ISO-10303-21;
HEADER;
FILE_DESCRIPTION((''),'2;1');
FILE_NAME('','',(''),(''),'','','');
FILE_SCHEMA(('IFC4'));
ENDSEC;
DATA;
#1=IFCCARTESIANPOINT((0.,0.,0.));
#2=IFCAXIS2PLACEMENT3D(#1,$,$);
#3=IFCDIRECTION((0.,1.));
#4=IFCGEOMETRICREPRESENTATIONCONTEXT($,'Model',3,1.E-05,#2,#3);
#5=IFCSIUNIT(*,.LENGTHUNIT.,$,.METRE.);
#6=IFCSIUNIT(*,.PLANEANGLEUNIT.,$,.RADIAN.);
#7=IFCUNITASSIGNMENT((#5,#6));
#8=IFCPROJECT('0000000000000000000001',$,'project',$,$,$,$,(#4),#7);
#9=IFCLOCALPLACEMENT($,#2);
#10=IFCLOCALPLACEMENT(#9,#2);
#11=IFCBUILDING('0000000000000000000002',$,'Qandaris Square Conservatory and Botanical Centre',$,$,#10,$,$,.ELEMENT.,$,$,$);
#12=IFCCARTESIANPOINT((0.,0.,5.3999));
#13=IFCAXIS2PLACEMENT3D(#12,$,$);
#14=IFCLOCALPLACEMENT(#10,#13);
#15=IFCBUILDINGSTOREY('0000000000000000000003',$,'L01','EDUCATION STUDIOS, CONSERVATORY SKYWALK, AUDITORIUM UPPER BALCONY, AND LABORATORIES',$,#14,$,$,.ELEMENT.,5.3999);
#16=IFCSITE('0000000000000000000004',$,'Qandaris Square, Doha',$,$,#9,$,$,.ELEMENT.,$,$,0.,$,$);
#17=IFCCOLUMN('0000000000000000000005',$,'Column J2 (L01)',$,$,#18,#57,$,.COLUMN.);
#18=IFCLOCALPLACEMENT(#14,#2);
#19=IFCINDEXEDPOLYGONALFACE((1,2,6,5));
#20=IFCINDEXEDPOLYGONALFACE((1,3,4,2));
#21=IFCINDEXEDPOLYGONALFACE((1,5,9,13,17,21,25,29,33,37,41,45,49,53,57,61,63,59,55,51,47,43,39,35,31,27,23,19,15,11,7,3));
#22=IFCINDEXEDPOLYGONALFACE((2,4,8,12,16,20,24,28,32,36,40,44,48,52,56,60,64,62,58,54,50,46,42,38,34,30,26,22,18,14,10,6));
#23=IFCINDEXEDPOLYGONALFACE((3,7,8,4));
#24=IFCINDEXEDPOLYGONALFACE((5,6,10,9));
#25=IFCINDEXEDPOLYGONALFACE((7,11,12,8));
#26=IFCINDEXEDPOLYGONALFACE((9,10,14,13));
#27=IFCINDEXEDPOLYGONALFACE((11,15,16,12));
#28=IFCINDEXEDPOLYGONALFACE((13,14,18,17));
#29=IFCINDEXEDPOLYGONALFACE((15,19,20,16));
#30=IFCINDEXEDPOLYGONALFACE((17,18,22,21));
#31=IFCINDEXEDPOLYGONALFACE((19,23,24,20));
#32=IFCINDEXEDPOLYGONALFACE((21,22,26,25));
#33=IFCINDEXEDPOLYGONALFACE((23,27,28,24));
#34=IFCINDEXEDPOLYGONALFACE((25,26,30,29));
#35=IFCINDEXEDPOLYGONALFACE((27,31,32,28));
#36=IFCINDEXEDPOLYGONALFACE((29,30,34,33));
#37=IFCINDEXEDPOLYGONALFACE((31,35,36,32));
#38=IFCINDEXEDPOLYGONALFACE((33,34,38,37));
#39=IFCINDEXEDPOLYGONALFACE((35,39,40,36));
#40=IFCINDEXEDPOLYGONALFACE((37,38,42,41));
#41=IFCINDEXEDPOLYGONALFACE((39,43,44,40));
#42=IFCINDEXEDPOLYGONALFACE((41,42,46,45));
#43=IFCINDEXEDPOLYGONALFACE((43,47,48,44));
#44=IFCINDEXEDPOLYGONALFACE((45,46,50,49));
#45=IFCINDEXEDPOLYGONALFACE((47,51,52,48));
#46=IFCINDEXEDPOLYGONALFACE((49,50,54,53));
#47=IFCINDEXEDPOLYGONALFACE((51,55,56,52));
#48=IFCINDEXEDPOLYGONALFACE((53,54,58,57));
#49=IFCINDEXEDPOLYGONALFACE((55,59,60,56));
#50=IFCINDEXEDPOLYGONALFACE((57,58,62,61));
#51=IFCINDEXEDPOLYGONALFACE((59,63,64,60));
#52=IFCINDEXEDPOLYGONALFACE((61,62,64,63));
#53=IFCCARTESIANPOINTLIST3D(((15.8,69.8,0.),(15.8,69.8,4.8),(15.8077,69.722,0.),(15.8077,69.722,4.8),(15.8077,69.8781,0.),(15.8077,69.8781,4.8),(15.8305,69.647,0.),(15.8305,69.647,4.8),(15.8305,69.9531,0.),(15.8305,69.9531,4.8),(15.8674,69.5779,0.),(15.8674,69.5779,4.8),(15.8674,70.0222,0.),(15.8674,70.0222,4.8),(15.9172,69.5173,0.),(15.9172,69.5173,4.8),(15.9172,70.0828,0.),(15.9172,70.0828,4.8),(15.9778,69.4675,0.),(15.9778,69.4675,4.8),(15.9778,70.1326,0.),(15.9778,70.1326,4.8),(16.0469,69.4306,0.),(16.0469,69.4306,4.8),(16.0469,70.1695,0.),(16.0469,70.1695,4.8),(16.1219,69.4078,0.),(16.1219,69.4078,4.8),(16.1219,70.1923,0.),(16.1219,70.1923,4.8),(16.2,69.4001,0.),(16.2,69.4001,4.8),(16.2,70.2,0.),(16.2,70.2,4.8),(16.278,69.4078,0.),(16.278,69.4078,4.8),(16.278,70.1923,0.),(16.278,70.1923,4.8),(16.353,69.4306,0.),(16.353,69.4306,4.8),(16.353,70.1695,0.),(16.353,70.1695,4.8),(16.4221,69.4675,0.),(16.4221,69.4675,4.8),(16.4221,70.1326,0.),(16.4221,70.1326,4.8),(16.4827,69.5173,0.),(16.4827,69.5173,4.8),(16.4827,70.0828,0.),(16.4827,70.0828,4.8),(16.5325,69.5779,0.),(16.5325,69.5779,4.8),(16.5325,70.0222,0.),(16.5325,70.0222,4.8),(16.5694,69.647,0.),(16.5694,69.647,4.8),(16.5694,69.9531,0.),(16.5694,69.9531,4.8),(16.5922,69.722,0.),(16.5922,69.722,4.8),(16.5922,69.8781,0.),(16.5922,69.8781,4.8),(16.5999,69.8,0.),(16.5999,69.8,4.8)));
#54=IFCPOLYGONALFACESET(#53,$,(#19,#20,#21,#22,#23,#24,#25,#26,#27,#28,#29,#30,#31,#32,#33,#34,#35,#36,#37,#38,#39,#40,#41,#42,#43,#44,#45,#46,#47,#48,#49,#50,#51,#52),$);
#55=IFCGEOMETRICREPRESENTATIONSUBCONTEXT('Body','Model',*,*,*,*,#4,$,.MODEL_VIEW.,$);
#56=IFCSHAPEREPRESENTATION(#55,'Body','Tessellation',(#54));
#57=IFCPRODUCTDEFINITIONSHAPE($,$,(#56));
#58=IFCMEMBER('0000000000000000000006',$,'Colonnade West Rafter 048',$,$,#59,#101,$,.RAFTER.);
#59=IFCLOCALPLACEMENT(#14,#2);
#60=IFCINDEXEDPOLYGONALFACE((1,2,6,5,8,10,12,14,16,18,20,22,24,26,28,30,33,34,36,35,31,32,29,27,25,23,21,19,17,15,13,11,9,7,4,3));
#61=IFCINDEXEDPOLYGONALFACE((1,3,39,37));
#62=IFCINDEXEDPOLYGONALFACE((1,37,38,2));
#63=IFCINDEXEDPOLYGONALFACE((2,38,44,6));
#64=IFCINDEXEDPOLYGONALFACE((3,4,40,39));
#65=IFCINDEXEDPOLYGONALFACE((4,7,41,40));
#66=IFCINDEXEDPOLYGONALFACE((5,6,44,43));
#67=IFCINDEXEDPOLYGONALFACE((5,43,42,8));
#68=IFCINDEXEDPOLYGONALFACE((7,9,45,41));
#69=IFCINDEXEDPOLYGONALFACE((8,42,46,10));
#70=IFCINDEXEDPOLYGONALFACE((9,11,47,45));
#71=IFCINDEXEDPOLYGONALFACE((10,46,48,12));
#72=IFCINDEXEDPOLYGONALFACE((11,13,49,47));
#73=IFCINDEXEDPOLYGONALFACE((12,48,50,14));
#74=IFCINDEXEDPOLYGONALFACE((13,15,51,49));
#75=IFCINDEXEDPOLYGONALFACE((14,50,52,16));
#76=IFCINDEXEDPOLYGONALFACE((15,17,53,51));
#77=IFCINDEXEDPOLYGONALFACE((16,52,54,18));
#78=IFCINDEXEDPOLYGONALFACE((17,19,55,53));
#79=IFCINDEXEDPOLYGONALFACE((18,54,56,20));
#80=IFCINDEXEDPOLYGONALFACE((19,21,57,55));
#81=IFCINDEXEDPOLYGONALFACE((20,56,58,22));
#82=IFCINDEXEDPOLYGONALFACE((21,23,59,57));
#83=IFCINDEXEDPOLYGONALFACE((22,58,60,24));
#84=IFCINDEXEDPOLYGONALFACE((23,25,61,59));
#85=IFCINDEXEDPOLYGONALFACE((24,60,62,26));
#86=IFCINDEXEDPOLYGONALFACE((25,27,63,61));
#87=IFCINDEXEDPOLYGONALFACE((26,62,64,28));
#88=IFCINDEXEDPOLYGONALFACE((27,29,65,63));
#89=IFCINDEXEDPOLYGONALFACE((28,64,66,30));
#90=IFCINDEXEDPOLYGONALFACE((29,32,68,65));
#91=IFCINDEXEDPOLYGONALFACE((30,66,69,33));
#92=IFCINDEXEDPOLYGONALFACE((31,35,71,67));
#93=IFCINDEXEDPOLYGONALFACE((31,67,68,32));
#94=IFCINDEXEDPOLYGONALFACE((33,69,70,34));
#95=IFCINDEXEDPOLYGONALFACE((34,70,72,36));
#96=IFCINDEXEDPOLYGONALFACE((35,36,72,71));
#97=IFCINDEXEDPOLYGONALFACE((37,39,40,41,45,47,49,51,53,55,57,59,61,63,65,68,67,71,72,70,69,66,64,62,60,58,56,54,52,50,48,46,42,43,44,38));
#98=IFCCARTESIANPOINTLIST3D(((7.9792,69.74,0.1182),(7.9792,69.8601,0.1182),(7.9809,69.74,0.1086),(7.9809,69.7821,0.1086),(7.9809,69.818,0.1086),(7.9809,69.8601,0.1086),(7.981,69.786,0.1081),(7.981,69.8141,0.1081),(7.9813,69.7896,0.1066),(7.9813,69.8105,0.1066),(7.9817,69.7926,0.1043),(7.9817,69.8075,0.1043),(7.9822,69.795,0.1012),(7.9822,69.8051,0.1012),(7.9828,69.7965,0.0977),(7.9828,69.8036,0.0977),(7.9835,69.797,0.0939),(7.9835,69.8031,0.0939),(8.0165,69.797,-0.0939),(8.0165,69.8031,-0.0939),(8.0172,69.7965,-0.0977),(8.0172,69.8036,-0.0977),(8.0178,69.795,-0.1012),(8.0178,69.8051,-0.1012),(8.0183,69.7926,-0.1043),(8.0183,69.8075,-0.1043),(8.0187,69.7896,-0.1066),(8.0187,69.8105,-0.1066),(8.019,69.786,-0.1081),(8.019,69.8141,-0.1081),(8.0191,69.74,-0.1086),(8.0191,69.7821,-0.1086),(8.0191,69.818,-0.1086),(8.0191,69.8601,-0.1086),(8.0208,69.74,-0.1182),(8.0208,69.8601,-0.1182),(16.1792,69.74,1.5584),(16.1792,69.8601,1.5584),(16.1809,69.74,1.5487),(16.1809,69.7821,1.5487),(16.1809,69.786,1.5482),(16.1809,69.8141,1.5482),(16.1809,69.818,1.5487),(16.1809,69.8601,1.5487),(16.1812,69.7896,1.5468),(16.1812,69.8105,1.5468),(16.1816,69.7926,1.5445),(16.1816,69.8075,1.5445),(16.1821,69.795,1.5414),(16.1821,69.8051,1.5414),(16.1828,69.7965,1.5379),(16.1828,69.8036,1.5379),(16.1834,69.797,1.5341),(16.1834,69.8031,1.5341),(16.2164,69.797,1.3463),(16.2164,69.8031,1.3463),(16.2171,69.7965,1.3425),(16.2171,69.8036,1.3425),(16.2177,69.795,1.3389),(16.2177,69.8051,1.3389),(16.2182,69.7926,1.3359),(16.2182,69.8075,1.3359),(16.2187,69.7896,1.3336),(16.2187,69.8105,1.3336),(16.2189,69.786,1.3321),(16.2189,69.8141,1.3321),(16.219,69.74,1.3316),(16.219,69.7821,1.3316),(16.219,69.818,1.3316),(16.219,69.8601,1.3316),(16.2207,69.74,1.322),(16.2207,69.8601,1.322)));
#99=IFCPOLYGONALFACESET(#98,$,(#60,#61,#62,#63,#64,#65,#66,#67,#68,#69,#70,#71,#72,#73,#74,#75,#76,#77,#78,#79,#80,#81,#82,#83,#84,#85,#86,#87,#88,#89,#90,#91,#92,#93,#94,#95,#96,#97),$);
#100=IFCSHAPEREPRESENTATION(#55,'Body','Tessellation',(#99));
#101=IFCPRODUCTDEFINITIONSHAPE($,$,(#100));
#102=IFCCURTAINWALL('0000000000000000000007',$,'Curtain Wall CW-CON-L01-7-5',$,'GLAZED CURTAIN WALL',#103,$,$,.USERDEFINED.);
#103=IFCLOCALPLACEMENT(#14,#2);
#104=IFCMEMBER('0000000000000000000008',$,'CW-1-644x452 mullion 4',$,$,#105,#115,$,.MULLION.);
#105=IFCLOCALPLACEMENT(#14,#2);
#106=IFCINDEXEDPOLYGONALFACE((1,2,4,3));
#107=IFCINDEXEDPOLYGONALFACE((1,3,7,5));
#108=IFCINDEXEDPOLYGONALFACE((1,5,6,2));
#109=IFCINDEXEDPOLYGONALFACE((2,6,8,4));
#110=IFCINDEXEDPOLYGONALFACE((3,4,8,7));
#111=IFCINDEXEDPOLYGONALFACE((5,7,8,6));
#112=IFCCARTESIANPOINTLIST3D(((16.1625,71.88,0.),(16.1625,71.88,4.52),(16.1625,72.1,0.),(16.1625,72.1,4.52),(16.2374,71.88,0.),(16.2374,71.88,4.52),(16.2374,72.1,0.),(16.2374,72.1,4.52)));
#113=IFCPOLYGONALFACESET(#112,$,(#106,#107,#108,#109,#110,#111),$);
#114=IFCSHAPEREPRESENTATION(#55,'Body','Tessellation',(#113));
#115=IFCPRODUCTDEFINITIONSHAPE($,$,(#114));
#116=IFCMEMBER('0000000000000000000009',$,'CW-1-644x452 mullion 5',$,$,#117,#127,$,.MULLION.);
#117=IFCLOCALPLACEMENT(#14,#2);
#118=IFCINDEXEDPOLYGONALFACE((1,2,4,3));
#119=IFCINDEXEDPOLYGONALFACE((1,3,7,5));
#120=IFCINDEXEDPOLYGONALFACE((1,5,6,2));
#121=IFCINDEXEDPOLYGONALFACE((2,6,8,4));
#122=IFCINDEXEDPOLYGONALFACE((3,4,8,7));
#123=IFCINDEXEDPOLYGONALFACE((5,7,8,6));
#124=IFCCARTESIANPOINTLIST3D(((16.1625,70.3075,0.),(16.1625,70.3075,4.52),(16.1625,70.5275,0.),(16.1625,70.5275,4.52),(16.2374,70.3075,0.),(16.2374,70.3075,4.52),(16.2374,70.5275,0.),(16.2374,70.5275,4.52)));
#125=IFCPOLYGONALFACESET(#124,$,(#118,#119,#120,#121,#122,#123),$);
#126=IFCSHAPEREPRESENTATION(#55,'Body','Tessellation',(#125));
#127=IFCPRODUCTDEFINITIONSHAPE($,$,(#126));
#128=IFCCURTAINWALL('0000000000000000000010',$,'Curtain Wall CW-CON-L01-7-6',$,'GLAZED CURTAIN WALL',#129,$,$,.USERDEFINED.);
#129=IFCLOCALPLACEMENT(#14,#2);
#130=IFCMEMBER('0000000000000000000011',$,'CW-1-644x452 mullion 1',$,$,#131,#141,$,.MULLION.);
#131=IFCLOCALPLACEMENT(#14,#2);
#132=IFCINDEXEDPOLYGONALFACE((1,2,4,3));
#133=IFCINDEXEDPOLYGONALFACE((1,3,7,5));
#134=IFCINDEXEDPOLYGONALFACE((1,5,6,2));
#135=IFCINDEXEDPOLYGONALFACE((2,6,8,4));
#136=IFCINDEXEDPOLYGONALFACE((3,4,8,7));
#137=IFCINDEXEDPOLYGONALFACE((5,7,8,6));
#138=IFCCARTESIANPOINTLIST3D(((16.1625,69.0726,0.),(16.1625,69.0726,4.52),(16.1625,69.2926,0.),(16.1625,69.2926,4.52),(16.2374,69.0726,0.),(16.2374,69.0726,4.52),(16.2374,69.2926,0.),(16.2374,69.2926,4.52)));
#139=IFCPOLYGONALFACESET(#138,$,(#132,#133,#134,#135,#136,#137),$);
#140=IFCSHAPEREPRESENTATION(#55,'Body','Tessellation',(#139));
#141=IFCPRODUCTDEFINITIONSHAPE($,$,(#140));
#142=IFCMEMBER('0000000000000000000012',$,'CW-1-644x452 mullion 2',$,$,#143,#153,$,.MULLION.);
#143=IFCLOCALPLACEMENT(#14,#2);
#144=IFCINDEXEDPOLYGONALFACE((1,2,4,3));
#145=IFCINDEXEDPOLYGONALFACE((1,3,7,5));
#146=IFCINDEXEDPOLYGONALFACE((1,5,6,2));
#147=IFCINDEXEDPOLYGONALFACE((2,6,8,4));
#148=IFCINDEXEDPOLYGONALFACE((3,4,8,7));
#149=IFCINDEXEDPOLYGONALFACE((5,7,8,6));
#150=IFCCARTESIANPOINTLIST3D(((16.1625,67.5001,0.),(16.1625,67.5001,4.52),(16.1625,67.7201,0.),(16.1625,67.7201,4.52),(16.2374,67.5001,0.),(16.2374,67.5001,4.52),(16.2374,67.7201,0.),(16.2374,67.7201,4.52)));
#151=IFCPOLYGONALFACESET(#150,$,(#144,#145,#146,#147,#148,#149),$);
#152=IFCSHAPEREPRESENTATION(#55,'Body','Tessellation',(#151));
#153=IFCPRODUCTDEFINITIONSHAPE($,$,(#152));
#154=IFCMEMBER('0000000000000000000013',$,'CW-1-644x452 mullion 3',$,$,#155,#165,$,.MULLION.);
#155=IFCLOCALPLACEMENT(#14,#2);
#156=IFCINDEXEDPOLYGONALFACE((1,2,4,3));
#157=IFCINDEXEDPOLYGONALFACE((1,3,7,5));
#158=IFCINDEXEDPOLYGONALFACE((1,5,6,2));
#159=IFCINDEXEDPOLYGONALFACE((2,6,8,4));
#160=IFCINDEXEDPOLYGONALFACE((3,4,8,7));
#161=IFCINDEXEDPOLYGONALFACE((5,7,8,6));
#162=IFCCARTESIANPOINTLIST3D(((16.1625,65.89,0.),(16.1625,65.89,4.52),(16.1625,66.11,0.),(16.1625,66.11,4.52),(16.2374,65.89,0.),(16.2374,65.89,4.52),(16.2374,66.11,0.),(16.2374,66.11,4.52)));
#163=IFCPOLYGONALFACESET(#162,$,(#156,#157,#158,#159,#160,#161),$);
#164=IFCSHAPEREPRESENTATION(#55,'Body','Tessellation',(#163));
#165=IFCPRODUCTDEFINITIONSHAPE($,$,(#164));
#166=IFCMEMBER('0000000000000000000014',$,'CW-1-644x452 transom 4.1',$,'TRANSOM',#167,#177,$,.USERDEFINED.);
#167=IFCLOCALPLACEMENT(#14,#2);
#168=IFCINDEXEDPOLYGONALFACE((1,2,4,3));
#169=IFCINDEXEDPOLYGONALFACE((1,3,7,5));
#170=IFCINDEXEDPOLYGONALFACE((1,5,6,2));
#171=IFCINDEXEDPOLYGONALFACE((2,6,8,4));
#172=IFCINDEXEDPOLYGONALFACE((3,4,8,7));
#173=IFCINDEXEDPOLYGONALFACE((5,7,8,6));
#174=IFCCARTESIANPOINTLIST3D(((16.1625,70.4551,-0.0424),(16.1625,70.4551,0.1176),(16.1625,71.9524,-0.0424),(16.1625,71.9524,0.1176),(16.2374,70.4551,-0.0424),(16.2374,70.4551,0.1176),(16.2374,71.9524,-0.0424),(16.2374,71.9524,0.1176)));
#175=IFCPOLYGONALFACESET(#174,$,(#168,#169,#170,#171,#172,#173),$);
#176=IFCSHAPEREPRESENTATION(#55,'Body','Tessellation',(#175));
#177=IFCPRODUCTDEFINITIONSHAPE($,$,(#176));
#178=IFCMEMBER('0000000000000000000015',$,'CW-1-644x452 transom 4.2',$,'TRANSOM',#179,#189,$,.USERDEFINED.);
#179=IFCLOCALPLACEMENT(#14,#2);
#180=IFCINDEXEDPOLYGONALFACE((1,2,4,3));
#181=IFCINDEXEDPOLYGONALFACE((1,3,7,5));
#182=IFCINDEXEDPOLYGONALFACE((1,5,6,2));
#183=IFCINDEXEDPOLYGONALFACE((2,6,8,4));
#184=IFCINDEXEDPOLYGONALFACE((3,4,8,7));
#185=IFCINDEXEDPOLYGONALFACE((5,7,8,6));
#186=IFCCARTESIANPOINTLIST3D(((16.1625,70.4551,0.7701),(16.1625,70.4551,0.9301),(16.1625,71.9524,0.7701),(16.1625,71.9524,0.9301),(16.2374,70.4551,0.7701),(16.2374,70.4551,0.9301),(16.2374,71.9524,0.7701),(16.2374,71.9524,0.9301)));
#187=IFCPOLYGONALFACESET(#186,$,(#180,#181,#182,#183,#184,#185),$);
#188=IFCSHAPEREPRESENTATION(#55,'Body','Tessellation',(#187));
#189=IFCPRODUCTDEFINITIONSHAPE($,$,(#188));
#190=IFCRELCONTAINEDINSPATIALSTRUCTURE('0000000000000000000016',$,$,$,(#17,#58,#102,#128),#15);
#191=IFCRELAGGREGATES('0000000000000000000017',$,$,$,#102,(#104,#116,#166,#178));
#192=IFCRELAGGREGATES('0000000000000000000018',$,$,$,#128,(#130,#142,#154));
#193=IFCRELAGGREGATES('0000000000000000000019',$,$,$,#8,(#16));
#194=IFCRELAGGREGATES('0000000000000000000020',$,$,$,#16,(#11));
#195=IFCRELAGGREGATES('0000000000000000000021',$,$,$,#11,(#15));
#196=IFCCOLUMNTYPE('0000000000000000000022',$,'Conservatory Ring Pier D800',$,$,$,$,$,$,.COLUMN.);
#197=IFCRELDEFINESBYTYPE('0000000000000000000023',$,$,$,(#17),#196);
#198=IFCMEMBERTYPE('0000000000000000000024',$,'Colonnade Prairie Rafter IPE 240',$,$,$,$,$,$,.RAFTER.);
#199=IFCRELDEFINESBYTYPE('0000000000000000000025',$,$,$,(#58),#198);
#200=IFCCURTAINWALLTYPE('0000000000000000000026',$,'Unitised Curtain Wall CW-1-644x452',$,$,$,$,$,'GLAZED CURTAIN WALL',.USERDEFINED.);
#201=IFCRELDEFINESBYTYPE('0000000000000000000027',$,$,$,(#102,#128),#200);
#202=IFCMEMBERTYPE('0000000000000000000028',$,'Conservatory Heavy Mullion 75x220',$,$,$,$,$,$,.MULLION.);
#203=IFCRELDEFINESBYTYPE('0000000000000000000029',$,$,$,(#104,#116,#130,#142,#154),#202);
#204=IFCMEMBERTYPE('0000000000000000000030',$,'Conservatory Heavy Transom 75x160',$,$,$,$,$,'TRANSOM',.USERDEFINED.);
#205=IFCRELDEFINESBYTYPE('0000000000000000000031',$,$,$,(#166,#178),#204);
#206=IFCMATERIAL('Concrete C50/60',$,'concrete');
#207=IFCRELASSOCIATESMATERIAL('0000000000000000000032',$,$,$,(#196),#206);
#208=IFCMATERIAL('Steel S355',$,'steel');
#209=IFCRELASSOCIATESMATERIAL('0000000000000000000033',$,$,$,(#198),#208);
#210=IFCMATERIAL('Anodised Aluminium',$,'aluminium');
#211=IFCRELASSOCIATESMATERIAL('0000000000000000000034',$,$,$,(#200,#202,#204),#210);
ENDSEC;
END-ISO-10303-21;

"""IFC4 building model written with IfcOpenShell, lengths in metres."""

from ifc_helpers import new_model, si_unit, direction, frame, origin, origin_2d, place, context, subcontext, project, spatial, rectangle, circle, i_section, extrude, material, material_profile, profile_set, type_object, element, aggregate, save


model = new_model("IFC4")

# Units and contexts
model_context = context("Model", 3, precision=1e-05, world=origin(), true_north=direction((0.0, 1.0)))
body_context = subcontext(model_context, "Body", "Model", "MODEL_VIEW")
ifc_project = project(units=[si_unit("LENGTHUNIT", "METRE"), si_unit("PLANEANGLEUNIT", "RADIAN")], contexts=[model_context])

# Site, building, storey
site_placement = place(None, origin())
site = spatial("IfcSite", under=ifc_project, at=site_placement, Name="Qandaris Square, Doha", CompositionType="ELEMENT", RefElevation=0.0)
building_placement = place(site_placement, origin())
building = spatial("IfcBuilding", under=site, at=building_placement, Name="Qandaris Square Conservatory and Botanical Centre", CompositionType="ELEMENT")
storey_placement = place(building_placement, frame((0.0, 0.0, 5.3999)))
storey = spatial("IfcBuildingStorey", under=building, at=storey_placement, Name="L01", Description="EDUCATION STUDIOS, CONSERVATORY SKYWALK, AUDITORIUM UPPER BALCONY, AND LABORATORIES", CompositionType="ELEMENT", Elevation=5.3999)

# Column
ifc_material_1 = material(Name="Concrete C50/60", Category="concrete")
ifc_material_profile_1 = material_profile(ifc_material_1, circle(Radius=0.3999, at=origin_2d()), Name="RC-COL D800")
ifc_profile_set_1 = profile_set([ifc_material_profile_1], Name="Concrete C50/60")
column_type = type_object("IfcColumnType", Name="Conservatory Ring Pier D800", PredefinedType="COLUMN", material=ifc_profile_set_1)
column_placement = place(storey_placement, frame((16.2, 69.8, 0.0), z_axis=(0.0, 0.0, 1.0), x_axis=(1.0, 0.0, 0.0)))
element("IfcColumn", 1, at=column_placement, inside=storey, type_object=column_type, Name="Column J2 (L01)", PredefinedType="COLUMN", context=body_context, shape_type="SweptSolid", body=[
    extrude(circle(Radius=0.3999, at=origin_2d()), origin(), (0.0, 0.0, 1.0), 4.8),
])

# Member
ifc_material_2 = material(Name="Steel S355", Category="steel")
ifc_material_profile_2 = material_profile(ifc_material_2, i_section(OverallWidth=0.1201, OverallDepth=0.24, WebThickness=0.0061, FlangeThickness=0.0098, FilletRadius=0.0149, at=origin_2d()), Name="IPE 240")
ifc_profile_set_2 = profile_set([ifc_material_profile_2], Name="Steel S355")
member_type_1 = type_object("IfcMemberType", Name="Colonnade Prairie Rafter IPE 240", PredefinedType="RAFTER", material=ifc_profile_set_2)
member_1_placement = place(storey_placement, frame((8.0, 69.8, 0.0), z_axis=(0.984924, 0.0, 0.172986), x_axis=(0.0, 1.0, 0.0)))
element("IfcMember", 2, at=member_1_placement, inside=storey, type_object=member_type_1, Name="Colonnade West Rafter 048", PredefinedType="RAFTER", context=body_context, shape_type="SweptSolid", body=[
    extrude(i_section(OverallWidth=0.1201, OverallDepth=0.24, WebThickness=0.0061, FlangeThickness=0.0098, FilletRadius=0.0149, at=origin_2d()), origin(), (0.0, 0.0, 1.0), 8.3254),
])

# Curtain walls, members
ifc_material_3 = material(Name="Anodised Aluminium", Category="aluminium")
curtain_wall_type = type_object("IfcCurtainWallType", Name="Unitised Curtain Wall CW-1-644x452", ElementType="GLAZED CURTAIN WALL", PredefinedType="USERDEFINED", material=ifc_material_3)
curtain_wall_1_placement = place(storey_placement, origin())
curtain_wall_1 = element("IfcCurtainWall", 3, at=curtain_wall_1_placement, inside=storey, type_object=curtain_wall_type, Name="Curtain Wall CW-CON-L01-7-5", ObjectType="GLAZED CURTAIN WALL", PredefinedType="USERDEFINED")
ifc_material_profile_3 = material_profile(ifc_material_3, rectangle(XDim=0.075, YDim=0.22, at=origin_2d()), Name="ALU-MUL 75x220")
ifc_profile_set_3 = profile_set([ifc_material_profile_3], Name="Anodised Aluminium")
member_type_2 = type_object("IfcMemberType", Name="Conservatory Heavy Mullion 75x220", PredefinedType="MULLION", material=ifc_profile_set_3)
member_2_placement = place(storey_placement, frame((16.2, 71.99, 0.0), z_axis=(0.0, 0.0, 1.0), x_axis=(1.0, 0.0, 0.0)))
member_2 = element("IfcMember", 4, at=member_2_placement, type_object=member_type_2, Name="CW-1-644x452 mullion 4", PredefinedType="MULLION", context=body_context, shape_type="SweptSolid", body=[
    extrude(rectangle(XDim=0.075, YDim=0.22, at=origin_2d()), origin(), (0.0, 0.0, 1.0), 4.52),
])
member_3_placement = place(storey_placement, frame((16.2, 70.4175, 0.0), z_axis=(0.0, 0.0, 1.0), x_axis=(1.0, 0.0, 0.0)))
member_3 = element("IfcMember", 5, at=member_3_placement, type_object=member_type_2, Name="CW-1-644x452 mullion 5", PredefinedType="MULLION", context=body_context, shape_type="SweptSolid", body=[
    extrude(rectangle(XDim=0.075, YDim=0.22, at=origin_2d()), origin(), (0.0, 0.0, 1.0), 4.52),
])
curtain_wall_2_placement = place(storey_placement, origin())
curtain_wall_2 = element("IfcCurtainWall", 6, at=curtain_wall_2_placement, inside=storey, type_object=curtain_wall_type, Name="Curtain Wall CW-CON-L01-7-6", ObjectType="GLAZED CURTAIN WALL", PredefinedType="USERDEFINED")
member_4_placement = place(storey_placement, frame((16.2, 69.1826, 0.0), z_axis=(0.0, 0.0, 1.0), x_axis=(1.0, 0.0, 0.0)))
member_4 = element("IfcMember", 7, at=member_4_placement, type_object=member_type_2, Name="CW-1-644x452 mullion 1", PredefinedType="MULLION", context=body_context, shape_type="SweptSolid", body=[
    extrude(rectangle(XDim=0.075, YDim=0.22, at=origin_2d()), origin(), (0.0, 0.0, 1.0), 4.52),
])
member_5_placement = place(storey_placement, frame((16.2, 67.6101, 0.0), z_axis=(0.0, 0.0, 1.0), x_axis=(1.0, 0.0, 0.0)))
member_5 = element("IfcMember", 8, at=member_5_placement, type_object=member_type_2, Name="CW-1-644x452 mullion 2", PredefinedType="MULLION", context=body_context, shape_type="SweptSolid", body=[
    extrude(rectangle(XDim=0.075, YDim=0.22, at=origin_2d()), origin(), (0.0, 0.0, 1.0), 4.52),
])
member_6_placement = place(storey_placement, frame((16.2, 66.0, 0.0), z_axis=(0.0, 0.0, 1.0), x_axis=(1.0, 0.0, 0.0)))
member_6 = element("IfcMember", 9, at=member_6_placement, type_object=member_type_2, Name="CW-1-644x452 mullion 3", PredefinedType="MULLION", context=body_context, shape_type="SweptSolid", body=[
    extrude(rectangle(XDim=0.075, YDim=0.22, at=origin_2d()), origin(), (0.0, 0.0, 1.0), 4.52),
])

# Members
ifc_material_profile_4 = material_profile(ifc_material_3, rectangle(XDim=0.075, YDim=0.1599, at=origin_2d()), Name="ALU-TRN 75x160")
ifc_profile_set_4 = profile_set([ifc_material_profile_4], Name="Anodised Aluminium")
member_type_3 = type_object("IfcMemberType", Name="Conservatory Heavy Transom 75x160", ElementType="TRANSOM", PredefinedType="USERDEFINED", material=ifc_profile_set_4)
member_7_placement = place(storey_placement, frame((16.2, 71.9524, 0.0376), z_axis=(0.0, -1.0, 0.0), x_axis=(1.0, 0.0, 0.0)))
member_7 = element("IfcMember", 10, at=member_7_placement, type_object=member_type_3, Name="CW-1-644x452 transom 4.1", ObjectType="TRANSOM", PredefinedType="USERDEFINED", context=body_context, shape_type="SweptSolid", body=[
    extrude(rectangle(XDim=0.075, YDim=0.1599, at=origin_2d()), origin(), (0.0, 0.0, 1.0), 1.4973),
])
member_8_placement = place(storey_placement, frame((16.2, 71.9524, 0.8501), z_axis=(0.0, -1.0, 0.0), x_axis=(1.0, 0.0, 0.0)))
member_8 = element("IfcMember", 11, at=member_8_placement, type_object=member_type_3, Name="CW-1-644x452 transom 4.2", ObjectType="TRANSOM", PredefinedType="USERDEFINED", context=body_context, shape_type="SweptSolid", body=[
    extrude(rectangle(XDim=0.075, YDim=0.1599, at=origin_2d()), origin(), (0.0, 0.0, 1.0), 1.4973),
])

aggregate(curtain_wall_1, [member_2, member_3, member_7, member_8])
aggregate(curtain_wall_2, [member_4, member_5, member_6])

save(model, "model.ifc")
